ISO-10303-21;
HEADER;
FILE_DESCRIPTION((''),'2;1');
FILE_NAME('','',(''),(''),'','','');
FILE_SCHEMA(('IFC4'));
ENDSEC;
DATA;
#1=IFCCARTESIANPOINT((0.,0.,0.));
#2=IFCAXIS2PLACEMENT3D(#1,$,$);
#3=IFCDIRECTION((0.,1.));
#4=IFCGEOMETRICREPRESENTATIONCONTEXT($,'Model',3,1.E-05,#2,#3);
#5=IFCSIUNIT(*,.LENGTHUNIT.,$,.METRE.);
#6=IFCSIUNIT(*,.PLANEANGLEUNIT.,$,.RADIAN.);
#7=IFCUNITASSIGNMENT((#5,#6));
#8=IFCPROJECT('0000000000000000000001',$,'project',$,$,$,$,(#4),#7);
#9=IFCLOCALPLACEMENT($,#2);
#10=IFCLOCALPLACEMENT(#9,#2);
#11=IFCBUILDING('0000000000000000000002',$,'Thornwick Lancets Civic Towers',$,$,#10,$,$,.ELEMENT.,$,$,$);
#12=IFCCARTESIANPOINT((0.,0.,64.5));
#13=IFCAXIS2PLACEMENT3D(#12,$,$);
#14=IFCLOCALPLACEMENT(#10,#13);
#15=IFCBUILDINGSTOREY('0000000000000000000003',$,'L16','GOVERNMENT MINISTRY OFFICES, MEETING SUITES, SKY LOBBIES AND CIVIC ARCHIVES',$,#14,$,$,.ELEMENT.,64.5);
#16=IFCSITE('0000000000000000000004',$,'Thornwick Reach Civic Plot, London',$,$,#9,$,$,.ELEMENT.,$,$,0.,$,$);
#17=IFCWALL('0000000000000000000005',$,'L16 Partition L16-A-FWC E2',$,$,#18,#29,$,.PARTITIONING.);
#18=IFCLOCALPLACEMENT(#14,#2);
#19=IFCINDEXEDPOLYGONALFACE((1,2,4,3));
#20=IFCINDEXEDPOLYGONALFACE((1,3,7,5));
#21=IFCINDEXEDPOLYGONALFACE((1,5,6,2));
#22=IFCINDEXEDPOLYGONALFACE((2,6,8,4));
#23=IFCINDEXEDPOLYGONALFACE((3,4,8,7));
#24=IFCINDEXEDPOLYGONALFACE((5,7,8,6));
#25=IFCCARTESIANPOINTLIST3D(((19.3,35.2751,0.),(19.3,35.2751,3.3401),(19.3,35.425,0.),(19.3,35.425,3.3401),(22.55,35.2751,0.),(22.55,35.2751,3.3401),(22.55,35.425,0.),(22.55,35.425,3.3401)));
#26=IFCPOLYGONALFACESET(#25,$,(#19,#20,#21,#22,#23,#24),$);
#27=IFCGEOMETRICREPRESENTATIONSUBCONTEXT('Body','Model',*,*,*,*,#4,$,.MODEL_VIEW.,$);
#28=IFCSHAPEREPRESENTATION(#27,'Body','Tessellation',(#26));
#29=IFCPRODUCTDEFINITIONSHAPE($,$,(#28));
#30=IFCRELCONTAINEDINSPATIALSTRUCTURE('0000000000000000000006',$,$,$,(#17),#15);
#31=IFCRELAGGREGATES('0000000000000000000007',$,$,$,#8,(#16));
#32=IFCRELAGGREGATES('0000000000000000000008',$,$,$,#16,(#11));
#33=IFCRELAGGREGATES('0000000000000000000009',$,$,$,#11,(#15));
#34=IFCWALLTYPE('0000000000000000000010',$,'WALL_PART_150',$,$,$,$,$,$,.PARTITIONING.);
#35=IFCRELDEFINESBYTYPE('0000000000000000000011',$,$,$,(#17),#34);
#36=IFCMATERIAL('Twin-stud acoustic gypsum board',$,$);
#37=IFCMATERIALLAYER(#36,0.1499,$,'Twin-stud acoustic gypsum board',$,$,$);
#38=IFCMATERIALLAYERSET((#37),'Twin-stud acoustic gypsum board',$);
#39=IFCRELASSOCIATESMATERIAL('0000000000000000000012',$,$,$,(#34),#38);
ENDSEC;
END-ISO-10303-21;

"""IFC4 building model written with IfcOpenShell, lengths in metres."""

from ifc_helpers import new_model, si_unit, direction, frame, frame_2d, origin, place, context, subcontext, project, spatial, rectangle, extrude, material, layer, layer_set, type_object, element, save


model = new_model("IFC4")

# Units and contexts
model_context = context("Model", 3, precision=1e-05, world=origin(), true_north=direction((0.0, 1.0)))
body_context = subcontext(model_context, "Body", "Model", "MODEL_VIEW")
ifc_project = project(units=[si_unit("LENGTHUNIT", "METRE"), si_unit("PLANEANGLEUNIT", "RADIAN")], contexts=[model_context])

# Site, building, storey
site_placement = place(None, origin())
site = spatial("IfcSite", under=ifc_project, at=site_placement, Name="Thornwick Reach Civic Plot, London", CompositionType="ELEMENT", RefElevation=0.0)
building_placement = place(site_placement, origin())
building = spatial("IfcBuilding", under=site, at=building_placement, Name="Thornwick Lancets Civic Towers", CompositionType="ELEMENT")
storey_placement = place(building_placement, frame((0.0, 0.0, 64.5)))
storey = spatial("IfcBuildingStorey", under=building, at=storey_placement, Name="L16", Description="GOVERNMENT MINISTRY OFFICES, MEETING SUITES, SKY LOBBIES AND CIVIC ARCHIVES", CompositionType="ELEMENT", Elevation=64.5)

# Wall
ifc_material_1 = material(Name="Twin-stud acoustic gypsum board")
ifc_layer_1 = layer(ifc_material_1, 0.1499, Name="Twin-stud acoustic gypsum board")
ifc_layer_set_1 = layer_set([ifc_layer_1], Name="Twin-stud acoustic gypsum board")
wall_type_1 = type_object("IfcWallType", Name="WALL_PART_150", PredefinedType="PARTITIONING", material=ifc_layer_set_1)
wall_1_placement = place(storey_placement, frame((19.3, 35.3501, 0.0), z_axis=(0.0, 0.0, 1.0), x_axis=(1.0, 0.0, 0.0)))
element("IfcWall", 1, at=wall_1_placement, inside=storey, type_object=wall_type_1, Name="L16 Partition L16-A-FWC E2", PredefinedType="PARTITIONING", context=body_context, shape_type="SweptSolid", body=[
    extrude(rectangle(XDim=3.25, YDim=0.1499, at=frame_2d((1.625, 0.0))), origin(), (0.0, 0.0, 1.0), 3.3401),
])

save(model, "model.ifc")
